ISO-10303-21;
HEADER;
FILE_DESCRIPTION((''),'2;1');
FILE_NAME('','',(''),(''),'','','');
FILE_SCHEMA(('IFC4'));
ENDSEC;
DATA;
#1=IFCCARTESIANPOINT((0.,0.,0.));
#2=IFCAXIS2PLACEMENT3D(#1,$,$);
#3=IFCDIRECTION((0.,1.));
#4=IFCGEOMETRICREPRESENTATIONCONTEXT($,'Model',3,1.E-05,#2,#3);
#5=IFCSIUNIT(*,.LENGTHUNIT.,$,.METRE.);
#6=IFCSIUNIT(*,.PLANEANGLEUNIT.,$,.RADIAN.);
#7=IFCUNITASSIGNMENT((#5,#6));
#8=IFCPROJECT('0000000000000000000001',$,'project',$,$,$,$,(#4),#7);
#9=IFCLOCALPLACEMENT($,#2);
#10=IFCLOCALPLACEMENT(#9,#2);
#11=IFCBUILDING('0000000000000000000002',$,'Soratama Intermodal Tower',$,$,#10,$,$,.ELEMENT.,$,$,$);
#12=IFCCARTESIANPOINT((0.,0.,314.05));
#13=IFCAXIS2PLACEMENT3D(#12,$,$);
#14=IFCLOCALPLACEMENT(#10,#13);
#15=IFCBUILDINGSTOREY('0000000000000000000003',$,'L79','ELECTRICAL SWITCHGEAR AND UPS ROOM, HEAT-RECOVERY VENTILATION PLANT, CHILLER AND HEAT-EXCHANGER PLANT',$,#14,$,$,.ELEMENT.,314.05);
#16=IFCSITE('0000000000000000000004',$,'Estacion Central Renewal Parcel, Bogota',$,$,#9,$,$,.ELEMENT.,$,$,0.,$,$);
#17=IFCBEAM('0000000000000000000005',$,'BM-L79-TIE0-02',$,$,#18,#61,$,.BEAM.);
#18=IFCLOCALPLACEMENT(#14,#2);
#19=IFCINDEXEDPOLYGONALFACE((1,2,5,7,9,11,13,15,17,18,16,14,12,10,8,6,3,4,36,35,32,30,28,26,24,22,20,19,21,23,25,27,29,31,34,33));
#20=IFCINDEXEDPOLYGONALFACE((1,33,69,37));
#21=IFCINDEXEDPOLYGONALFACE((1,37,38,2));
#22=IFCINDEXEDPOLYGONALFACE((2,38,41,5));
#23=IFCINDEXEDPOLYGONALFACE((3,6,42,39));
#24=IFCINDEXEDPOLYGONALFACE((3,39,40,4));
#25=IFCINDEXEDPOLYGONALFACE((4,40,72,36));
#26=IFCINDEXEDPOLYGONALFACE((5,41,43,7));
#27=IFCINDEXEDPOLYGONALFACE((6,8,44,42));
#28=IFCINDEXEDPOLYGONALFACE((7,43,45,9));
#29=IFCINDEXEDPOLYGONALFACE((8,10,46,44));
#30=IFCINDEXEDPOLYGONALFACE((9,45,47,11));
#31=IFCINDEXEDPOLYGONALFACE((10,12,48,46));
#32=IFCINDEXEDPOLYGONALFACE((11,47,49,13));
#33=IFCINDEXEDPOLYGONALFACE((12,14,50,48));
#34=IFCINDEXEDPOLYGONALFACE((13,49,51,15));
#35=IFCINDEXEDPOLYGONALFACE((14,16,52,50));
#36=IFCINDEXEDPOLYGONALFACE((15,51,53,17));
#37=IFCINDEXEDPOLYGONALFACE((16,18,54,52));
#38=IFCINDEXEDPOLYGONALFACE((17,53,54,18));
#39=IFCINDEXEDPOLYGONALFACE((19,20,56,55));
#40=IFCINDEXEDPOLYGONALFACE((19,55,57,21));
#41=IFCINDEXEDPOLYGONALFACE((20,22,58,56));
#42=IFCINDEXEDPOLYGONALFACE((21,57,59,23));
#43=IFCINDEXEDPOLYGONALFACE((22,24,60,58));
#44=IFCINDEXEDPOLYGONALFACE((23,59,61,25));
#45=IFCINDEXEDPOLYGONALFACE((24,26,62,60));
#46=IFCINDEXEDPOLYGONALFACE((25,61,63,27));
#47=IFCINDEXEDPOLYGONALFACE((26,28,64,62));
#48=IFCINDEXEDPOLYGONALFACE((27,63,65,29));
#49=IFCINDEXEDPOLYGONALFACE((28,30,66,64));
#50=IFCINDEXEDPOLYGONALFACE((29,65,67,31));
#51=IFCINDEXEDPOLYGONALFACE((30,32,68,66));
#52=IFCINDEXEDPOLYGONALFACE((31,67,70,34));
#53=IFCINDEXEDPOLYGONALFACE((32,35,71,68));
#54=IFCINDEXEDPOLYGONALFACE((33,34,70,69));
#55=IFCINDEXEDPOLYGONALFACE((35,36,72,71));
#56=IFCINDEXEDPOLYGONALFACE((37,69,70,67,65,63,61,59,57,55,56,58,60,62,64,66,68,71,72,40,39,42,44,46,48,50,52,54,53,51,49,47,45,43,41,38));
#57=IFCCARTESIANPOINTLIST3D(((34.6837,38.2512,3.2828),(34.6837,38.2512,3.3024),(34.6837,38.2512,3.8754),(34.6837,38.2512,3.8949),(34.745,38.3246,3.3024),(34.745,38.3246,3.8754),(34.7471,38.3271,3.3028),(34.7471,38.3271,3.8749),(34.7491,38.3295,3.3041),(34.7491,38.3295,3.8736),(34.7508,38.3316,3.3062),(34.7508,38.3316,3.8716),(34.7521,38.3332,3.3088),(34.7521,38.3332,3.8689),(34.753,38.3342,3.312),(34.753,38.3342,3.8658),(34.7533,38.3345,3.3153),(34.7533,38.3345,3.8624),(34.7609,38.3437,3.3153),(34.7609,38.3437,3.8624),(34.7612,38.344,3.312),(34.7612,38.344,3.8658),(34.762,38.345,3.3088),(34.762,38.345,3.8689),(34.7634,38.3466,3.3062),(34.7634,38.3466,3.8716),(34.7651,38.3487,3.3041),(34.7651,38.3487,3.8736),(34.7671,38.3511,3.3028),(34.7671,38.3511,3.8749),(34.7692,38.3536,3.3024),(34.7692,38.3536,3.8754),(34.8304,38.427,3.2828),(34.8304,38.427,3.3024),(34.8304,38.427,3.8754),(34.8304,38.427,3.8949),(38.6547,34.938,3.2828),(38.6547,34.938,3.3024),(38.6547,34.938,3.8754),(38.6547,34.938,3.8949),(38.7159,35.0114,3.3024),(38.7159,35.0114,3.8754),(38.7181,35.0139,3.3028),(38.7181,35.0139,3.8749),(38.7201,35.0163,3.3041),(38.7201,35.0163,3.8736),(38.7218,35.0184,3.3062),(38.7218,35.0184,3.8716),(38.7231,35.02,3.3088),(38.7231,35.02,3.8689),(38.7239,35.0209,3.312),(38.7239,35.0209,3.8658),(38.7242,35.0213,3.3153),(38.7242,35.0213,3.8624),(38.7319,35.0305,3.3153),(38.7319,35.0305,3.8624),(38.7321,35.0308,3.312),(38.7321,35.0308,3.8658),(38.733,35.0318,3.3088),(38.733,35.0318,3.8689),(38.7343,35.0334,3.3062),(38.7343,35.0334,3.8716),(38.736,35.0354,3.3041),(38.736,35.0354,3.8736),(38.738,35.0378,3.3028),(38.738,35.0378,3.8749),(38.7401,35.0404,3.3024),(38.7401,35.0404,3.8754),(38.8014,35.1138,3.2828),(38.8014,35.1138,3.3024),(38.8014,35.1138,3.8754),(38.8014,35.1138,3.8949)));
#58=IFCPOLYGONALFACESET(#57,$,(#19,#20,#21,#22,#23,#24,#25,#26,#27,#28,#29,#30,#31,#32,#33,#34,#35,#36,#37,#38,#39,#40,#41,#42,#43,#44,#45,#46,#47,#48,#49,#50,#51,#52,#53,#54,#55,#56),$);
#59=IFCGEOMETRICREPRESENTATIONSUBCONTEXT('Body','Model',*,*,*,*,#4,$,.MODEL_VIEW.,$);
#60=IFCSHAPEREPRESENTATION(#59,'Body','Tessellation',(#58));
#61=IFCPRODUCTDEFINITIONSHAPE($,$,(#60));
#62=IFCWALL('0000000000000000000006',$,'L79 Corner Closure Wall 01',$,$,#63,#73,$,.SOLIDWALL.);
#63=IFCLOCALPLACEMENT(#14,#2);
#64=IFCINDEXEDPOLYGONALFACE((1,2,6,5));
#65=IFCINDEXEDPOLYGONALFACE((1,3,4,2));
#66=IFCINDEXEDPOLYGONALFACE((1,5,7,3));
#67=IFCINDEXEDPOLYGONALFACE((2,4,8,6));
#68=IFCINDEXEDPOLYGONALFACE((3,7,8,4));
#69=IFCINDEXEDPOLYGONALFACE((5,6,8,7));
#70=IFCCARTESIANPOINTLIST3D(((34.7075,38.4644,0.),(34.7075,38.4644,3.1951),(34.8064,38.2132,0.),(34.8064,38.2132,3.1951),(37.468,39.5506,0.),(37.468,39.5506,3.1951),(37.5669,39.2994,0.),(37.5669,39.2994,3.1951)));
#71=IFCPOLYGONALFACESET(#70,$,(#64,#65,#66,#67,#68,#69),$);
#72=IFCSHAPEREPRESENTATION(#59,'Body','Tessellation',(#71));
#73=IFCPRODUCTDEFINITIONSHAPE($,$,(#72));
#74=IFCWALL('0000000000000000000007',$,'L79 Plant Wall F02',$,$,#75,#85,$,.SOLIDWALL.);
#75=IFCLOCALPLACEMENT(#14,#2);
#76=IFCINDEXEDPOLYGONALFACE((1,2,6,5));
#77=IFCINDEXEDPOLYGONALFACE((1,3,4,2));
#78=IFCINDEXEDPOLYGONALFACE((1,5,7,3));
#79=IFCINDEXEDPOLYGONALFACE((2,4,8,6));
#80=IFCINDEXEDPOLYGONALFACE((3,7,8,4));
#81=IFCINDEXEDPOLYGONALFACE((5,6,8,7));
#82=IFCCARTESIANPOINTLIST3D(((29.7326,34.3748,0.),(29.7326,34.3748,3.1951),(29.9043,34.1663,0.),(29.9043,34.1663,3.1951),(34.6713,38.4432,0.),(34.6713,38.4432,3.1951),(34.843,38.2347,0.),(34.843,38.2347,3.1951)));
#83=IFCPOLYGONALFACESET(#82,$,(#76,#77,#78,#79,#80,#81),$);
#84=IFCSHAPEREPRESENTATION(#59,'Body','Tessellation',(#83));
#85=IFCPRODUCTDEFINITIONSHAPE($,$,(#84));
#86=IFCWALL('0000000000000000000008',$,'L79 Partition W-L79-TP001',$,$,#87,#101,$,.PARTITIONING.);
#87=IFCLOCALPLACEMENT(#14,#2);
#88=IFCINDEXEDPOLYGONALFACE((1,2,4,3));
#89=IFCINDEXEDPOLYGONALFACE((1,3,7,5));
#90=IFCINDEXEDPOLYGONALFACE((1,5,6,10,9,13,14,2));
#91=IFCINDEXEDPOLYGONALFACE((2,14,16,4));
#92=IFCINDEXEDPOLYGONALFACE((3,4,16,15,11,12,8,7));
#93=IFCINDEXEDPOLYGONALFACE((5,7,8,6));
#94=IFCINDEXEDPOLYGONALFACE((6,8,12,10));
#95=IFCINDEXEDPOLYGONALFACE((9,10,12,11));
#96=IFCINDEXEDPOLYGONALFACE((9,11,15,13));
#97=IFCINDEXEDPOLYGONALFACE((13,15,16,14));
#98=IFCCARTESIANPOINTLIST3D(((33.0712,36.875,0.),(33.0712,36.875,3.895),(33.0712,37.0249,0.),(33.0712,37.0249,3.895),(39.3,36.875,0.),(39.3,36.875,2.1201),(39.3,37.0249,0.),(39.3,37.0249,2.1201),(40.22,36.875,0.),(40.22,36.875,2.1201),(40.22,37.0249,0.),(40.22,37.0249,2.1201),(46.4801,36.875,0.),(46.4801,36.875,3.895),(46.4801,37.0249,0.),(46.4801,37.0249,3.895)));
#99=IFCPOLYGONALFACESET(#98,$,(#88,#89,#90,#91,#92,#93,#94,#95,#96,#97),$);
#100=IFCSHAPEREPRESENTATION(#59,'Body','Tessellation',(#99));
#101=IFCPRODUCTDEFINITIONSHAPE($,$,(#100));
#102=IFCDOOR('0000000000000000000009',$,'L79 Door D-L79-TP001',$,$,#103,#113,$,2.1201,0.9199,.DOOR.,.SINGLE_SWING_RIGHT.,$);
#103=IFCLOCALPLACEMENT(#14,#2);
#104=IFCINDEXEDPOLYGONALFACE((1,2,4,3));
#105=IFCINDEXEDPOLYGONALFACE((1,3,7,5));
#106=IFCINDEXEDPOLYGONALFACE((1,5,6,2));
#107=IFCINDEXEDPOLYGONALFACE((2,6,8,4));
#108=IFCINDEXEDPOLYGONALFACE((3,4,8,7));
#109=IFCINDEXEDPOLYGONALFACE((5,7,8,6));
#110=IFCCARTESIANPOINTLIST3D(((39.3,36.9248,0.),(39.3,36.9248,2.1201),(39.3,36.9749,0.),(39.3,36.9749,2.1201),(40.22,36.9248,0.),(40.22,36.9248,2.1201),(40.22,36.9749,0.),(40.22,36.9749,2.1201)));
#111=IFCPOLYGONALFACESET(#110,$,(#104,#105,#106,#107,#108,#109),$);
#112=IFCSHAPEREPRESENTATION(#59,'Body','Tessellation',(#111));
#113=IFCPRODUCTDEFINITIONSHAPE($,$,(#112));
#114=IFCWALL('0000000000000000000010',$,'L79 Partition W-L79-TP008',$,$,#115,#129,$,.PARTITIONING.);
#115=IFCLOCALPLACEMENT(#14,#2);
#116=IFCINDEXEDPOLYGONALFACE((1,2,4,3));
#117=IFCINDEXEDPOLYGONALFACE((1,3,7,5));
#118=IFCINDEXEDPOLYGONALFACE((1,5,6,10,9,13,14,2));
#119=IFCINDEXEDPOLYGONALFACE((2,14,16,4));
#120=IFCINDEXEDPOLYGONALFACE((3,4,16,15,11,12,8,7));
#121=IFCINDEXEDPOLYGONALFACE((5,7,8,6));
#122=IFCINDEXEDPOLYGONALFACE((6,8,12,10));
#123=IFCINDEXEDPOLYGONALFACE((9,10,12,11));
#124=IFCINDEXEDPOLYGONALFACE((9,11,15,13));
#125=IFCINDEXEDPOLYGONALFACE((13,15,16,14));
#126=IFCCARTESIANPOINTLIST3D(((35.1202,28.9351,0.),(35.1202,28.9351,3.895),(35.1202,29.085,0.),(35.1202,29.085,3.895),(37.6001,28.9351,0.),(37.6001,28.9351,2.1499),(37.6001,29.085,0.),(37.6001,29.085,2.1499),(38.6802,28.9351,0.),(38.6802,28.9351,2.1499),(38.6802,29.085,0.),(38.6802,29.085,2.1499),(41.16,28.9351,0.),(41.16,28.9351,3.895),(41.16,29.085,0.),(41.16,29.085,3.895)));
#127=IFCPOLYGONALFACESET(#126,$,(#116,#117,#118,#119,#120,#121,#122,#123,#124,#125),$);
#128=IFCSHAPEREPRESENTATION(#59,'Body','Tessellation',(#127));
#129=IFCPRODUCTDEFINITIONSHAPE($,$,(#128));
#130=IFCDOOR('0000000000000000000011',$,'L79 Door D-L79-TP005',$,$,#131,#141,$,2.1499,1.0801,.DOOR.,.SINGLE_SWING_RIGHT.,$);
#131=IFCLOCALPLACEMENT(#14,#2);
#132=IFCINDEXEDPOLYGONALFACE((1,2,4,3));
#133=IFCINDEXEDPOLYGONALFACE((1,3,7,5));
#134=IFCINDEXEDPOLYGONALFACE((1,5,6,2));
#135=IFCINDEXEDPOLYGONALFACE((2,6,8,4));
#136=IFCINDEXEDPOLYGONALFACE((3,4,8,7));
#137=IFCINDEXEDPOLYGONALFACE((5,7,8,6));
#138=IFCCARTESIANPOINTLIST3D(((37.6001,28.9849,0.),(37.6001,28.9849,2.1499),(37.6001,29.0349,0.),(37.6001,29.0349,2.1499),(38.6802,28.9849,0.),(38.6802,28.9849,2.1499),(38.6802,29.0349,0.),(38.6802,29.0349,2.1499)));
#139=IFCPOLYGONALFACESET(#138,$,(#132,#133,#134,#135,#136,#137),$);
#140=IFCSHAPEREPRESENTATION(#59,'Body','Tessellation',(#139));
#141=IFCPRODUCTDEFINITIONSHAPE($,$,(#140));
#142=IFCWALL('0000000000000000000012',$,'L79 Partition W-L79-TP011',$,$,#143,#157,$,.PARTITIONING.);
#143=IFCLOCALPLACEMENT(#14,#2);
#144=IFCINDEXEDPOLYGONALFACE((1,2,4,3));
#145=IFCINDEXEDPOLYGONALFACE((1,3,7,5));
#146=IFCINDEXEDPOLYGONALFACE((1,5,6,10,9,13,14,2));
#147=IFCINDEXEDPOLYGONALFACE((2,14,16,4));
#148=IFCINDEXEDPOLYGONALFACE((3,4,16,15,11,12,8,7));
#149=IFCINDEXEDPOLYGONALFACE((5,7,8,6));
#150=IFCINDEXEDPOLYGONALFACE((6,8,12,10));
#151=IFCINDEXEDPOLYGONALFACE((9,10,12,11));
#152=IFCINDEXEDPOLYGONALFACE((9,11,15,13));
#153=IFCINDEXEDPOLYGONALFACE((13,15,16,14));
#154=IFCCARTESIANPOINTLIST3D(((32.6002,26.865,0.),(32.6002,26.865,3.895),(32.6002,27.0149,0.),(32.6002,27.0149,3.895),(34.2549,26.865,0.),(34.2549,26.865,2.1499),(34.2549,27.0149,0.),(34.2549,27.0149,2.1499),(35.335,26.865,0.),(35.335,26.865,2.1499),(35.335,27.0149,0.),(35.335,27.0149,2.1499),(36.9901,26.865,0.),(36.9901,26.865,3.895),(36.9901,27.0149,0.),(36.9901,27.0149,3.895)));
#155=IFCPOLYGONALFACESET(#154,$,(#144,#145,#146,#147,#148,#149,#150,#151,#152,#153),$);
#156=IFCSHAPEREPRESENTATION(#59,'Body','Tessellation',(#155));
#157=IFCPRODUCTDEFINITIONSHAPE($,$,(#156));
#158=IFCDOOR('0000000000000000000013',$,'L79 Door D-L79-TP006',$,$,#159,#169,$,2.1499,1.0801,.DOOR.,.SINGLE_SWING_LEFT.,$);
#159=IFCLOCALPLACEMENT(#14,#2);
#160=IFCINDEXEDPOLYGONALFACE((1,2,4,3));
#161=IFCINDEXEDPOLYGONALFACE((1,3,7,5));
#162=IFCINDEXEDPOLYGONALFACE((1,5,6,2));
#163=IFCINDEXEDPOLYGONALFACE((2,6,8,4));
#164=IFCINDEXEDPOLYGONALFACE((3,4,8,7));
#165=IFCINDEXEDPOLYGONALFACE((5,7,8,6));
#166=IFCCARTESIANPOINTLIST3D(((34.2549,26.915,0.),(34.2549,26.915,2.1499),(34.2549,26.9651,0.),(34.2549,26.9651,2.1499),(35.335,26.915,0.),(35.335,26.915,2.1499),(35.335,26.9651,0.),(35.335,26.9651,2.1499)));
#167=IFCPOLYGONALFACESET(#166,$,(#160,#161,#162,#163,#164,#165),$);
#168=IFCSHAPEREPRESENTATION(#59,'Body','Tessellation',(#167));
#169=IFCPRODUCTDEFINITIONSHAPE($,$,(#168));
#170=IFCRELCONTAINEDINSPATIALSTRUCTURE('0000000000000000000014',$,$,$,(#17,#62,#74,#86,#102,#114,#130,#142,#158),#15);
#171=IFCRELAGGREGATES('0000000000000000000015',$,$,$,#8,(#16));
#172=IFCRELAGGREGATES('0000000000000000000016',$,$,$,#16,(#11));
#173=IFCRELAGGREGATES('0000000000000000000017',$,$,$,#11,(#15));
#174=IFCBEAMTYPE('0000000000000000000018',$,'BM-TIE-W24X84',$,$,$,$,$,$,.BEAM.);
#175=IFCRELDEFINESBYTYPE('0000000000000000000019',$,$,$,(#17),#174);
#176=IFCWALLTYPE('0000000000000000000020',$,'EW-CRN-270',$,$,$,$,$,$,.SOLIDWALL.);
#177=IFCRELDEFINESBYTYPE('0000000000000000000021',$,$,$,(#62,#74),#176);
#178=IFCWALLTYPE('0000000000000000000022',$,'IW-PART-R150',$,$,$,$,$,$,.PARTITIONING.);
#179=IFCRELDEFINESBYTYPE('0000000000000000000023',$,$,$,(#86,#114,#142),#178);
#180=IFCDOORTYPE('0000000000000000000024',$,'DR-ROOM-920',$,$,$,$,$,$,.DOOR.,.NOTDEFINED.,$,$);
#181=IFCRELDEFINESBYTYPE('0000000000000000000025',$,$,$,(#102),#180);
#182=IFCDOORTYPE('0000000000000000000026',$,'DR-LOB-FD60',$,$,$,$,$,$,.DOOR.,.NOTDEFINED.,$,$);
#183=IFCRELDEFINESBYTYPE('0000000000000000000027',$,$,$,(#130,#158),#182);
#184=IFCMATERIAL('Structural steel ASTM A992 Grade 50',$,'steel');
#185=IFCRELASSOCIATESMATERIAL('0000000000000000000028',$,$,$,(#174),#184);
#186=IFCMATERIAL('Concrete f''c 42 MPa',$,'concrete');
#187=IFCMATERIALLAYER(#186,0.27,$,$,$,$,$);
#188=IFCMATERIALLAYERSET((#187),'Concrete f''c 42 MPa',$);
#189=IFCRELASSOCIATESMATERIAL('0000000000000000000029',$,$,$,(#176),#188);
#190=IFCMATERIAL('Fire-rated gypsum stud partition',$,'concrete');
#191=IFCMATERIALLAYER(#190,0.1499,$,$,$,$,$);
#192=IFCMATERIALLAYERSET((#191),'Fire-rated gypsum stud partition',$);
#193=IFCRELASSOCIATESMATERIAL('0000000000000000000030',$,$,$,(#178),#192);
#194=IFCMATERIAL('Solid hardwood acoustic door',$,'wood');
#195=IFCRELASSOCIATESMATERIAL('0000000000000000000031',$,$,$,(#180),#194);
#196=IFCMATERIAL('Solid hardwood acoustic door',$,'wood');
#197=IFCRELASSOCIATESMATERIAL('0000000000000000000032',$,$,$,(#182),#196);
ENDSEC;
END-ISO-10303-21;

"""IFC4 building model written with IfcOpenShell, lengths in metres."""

from ifc_helpers import new_model, si_unit, direction, frame, frame_2d, origin, origin_2d, place, context, subcontext, project, spatial, rectangle, i_section, extrude, material, layer, layer_set, material_profile, profile_set, type_object, element, fill, save


model = new_model("IFC4")

# Units and contexts
model_context = context("Model", 3, precision=1e-05, world=origin(), true_north=direction((0.0, 1.0)))
body_context = subcontext(model_context, "Body", "Model", "MODEL_VIEW")
ifc_project = project(units=[si_unit("LENGTHUNIT", "METRE"), si_unit("PLANEANGLEUNIT", "RADIAN")], contexts=[model_context])

# Site, building, storey
site_placement = place(None, origin())
site = spatial("IfcSite", under=ifc_project, at=site_placement, Name="Estacion Central Renewal Parcel, Bogota", CompositionType="ELEMENT", RefElevation=0.0)
building_placement = place(site_placement, origin())
building = spatial("IfcBuilding", under=site, at=building_placement, Name="Soratama Intermodal Tower", CompositionType="ELEMENT")
storey_placement = place(building_placement, frame((0.0, 0.0, 314.05)))
storey = spatial("IfcBuildingStorey", under=building, at=storey_placement, Name="L79", Description="ELECTRICAL SWITCHGEAR AND UPS ROOM, HEAT-RECOVERY VENTILATION PLANT, CHILLER AND HEAT-EXCHANGER PLANT", CompositionType="ELEMENT", Elevation=314.05)

# Beam
ifc_material_1 = material(Name="Structural steel ASTM A992 Grade 50", Category="steel")
ifc_material_profile_1 = material_profile(ifc_material_1, i_section(OverallWidth=0.229, OverallDepth=0.6121, WebThickness=0.012, FlangeThickness=0.0195, FilletRadius=0.0129, at=origin_2d()), Name="W24X84")
ifc_profile_set_1 = profile_set([ifc_material_profile_1], Name="Structural steel ASTM A992 Grade 50")
beam_type_1 = type_object("IfcBeamType", Name="BM-TIE-W24X84", PredefinedType="BEAM", material=ifc_profile_set_1)
beam_1_placement = place(storey_placement, frame((38.728, 35.0259, 3.5889), z_axis=(-0.76783, 0.640653, 0.0), x_axis=(-0.640653, -0.76783, 0.0)))
element("IfcBeam", 1, at=beam_1_placement, inside=storey, type_object=beam_type_1, Name="BM-L79-TIE0-02", PredefinedType="BEAM", context=body_context, shape_type="SweptSolid", body=[
    extrude(i_section(OverallWidth=0.229, OverallDepth=0.6121, WebThickness=0.012, FlangeThickness=0.0195, FilletRadius=0.0129, at=origin_2d()), origin(), (0.0, 0.0, 1.0), 5.1716),
])

# Walls
ifc_material_2 = material(Name="Concrete f'c 42 MPa", Category="concrete")
ifc_layer_1 = layer(ifc_material_2, 0.27)
ifc_layer_set_1 = layer_set([ifc_layer_1], Name="Concrete f'c 42 MPa")
wall_type_1 = type_object("IfcWallType", Name="EW-CRN-270", PredefinedType="SOLIDWALL", material=ifc_layer_set_1)
wall_1_placement = place(storey_placement, frame((37.5176, 39.425, 0.0), z_axis=(0.0, 0.0, 1.0), x_axis=(-0.930556, -0.366149, 0.0)))
element("IfcWall", 2, at=wall_1_placement, inside=storey, type_object=wall_type_1, Name="L79 Corner Closure Wall 01", PredefinedType="SOLIDWALL", context=body_context, shape_type="SweptSolid", body=[
    extrude(rectangle(XDim=2.9666, YDim=0.27, at=frame_2d((1.4834, 0.0))), origin(), (0.0, 0.0, 1.0), 3.1951),
])
wall_2_placement = place(storey_placement, frame((34.7571, 38.3389, 0.0), z_axis=(0.0, 0.0, 1.0), x_axis=(-0.77184, -0.635817, 0.0)))
element("IfcWall", 3, at=wall_2_placement, inside=storey, type_object=wall_type_1, Name="L79 Plant Wall F02", PredefinedType="SOLIDWALL", context=body_context, shape_type="SweptSolid", body=[
    extrude(rectangle(XDim=6.3987, YDim=0.27, at=frame_2d((3.1992, 0.0))), origin(), (0.0, 0.0, 1.0), 3.1951),
])

# Walls, openings, doors
ifc_material_3 = material(Name="Fire-rated gypsum stud partition", Category="concrete")
ifc_layer_2 = layer(ifc_material_3, 0.1499)
ifc_layer_set_2 = layer_set([ifc_layer_2], Name="Fire-rated gypsum stud partition")
wall_type_2 = type_object("IfcWallType", Name="IW-PART-R150", PredefinedType="PARTITIONING", material=ifc_layer_set_2)
wall_3_placement = place(storey_placement, frame((33.071, 36.95, 0.0), z_axis=(0.0, 0.0, 1.0), x_axis=(1.0, 0.0, 0.0)))
wall_3 = element("IfcWall", 4, at=wall_3_placement, inside=storey, type_object=wall_type_2, Name="L79 Partition W-L79-TP001", PredefinedType="PARTITIONING", context=body_context, shape_type="SweptSolid", body=[
    extrude(rectangle(XDim=13.4089, YDim=0.1499, at=frame_2d((6.7046, 0.0))), origin(), (0.0, 0.0, 1.0), 3.895),
])
opening_1_placement = place(wall_3_placement, frame((6.229, 0.0, 0.0)))
opening_1 = element("IfcOpeningElement", 5, at=opening_1_placement, cuts=wall_3, PredefinedType="OPENING", context=body_context, shape_type="SweptSolid", body=[
    extrude(rectangle(XDim=0.9199, YDim=2.1201, at=frame_2d((0.46, 1.0601))), frame((0.0, 0.085, 0.0), z_axis=(0.0, -1.0, 0.0), x_axis=(1.0, 0.0, 0.0)), (0.0, 0.0, 1.0), 0.1699),
])
ifc_material_4 = material(Name="Solid hardwood acoustic door", Category="wood")
door_type_1 = type_object("IfcDoorType", Name="DR-ROOM-920", OperationType="NOTDEFINED", PredefinedType="DOOR", material=ifc_material_4)
door_1_placement = place(opening_1_placement, origin())
door_1 = element("IfcDoor", 6, at=door_1_placement, inside=storey, type_object=door_type_1, Name="L79 Door D-L79-TP001", OperationType="SINGLE_SWING_RIGHT", OverallHeight=2.1201, OverallWidth=0.9199, PredefinedType="DOOR", context=body_context, shape_type="SweptSolid", body=[
    extrude(rectangle(XDim=0.9199, YDim=2.1201, at=frame_2d((0.46, 1.0601))), frame((0.0, 0.0249, 0.0), z_axis=(0.0, -1.0, 0.0), x_axis=(1.0, 0.0, 0.0)), (0.0, 0.0, 1.0), 0.05),
])
fill(opening_1, door_1)
wall_4_placement = place(storey_placement, frame((35.1201, 29.01, 0.0), z_axis=(0.0, 0.0, 1.0), x_axis=(1.0, 0.0, 0.0)))
wall_4 = element("IfcWall", 7, at=wall_4_placement, inside=storey, type_object=wall_type_2, Name="L79 Partition W-L79-TP008", PredefinedType="PARTITIONING", context=body_context, shape_type="SweptSolid", body=[
    extrude(rectangle(XDim=6.0398, YDim=0.1499, at=frame_2d((3.02, 0.0))), origin(), (0.0, 0.0, 1.0), 3.895),
])
opening_2_placement = place(wall_4_placement, frame((2.48, 0.0, 0.0)))
opening_2 = element("IfcOpeningElement", 8, at=opening_2_placement, cuts=wall_4, PredefinedType="OPENING", context=body_context, shape_type="SweptSolid", body=[
    extrude(rectangle(XDim=1.0801, YDim=2.1499, at=frame_2d((0.54, 1.075))), frame((0.0, 0.085, 0.0), z_axis=(0.0, -1.0, 0.0), x_axis=(1.0, 0.0, 0.0)), (0.0, 0.0, 1.0), 0.1699),
])
ifc_material_5 = material(Name="Solid hardwood acoustic door", Category="wood")
door_type_2 = type_object("IfcDoorType", Name="DR-LOB-FD60", OperationType="NOTDEFINED", PredefinedType="DOOR", material=ifc_material_5)
door_2_placement = place(opening_2_placement, origin())
door_2 = element("IfcDoor", 9, at=door_2_placement, inside=storey, type_object=door_type_2, Name="L79 Door D-L79-TP005", OperationType="SINGLE_SWING_RIGHT", OverallHeight=2.1499, OverallWidth=1.0801, PredefinedType="DOOR", context=body_context, shape_type="SweptSolid", body=[
    extrude(rectangle(XDim=1.0801, YDim=2.1499, at=frame_2d((0.54, 1.075))), frame((0.0, 0.0249, 0.0), z_axis=(0.0, -1.0, 0.0), x_axis=(1.0, 0.0, 0.0)), (0.0, 0.0, 1.0), 0.05),
])
fill(opening_2, door_2)
wall_5_placement = place(storey_placement, frame((36.99, 26.9399, 0.0), z_axis=(0.0, 0.0, 1.0), x_axis=(-1.0, 0.0, 0.0)))
wall_5 = element("IfcWall", 10, at=wall_5_placement, inside=storey, type_object=wall_type_2, Name="L79 Partition W-L79-TP011", PredefinedType="PARTITIONING", context=body_context, shape_type="SweptSolid", body=[
    extrude(rectangle(XDim=4.3899, YDim=0.1499, at=frame_2d((2.1948, 0.0))), origin(), (0.0, 0.0, 1.0), 3.895),
])
opening_3_placement = place(wall_5_placement, frame((1.655, 0.0, 0.0)))
opening_3 = element("IfcOpeningElement", 11, at=opening_3_placement, cuts=wall_5, PredefinedType="OPENING", context=body_context, shape_type="SweptSolid", body=[
    extrude(rectangle(XDim=1.0801, YDim=2.1499, at=frame_2d((0.54, 1.075))), frame((0.0, 0.085, 0.0), z_axis=(0.0, -1.0, 0.0), x_axis=(1.0, 0.0, 0.0)), (0.0, 0.0, 1.0), 0.1699),
])
door_3_placement = place(opening_3_placement, origin())
door_3 = element("IfcDoor", 12, at=door_3_placement, inside=storey, type_object=door_type_2, Name="L79 Door D-L79-TP006", OperationType="SINGLE_SWING_LEFT", OverallHeight=2.1499, OverallWidth=1.0801, PredefinedType="DOOR", context=body_context, shape_type="SweptSolid", body=[
    extrude(rectangle(XDim=1.0801, YDim=2.1499, at=frame_2d((0.54, 1.075))), frame((0.0, 0.0249, 0.0), z_axis=(0.0, -1.0, 0.0), x_axis=(1.0, 0.0, 0.0)), (0.0, 0.0, 1.0), 0.05),
])
fill(opening_3, door_3)

save(model, "model.ifc")
